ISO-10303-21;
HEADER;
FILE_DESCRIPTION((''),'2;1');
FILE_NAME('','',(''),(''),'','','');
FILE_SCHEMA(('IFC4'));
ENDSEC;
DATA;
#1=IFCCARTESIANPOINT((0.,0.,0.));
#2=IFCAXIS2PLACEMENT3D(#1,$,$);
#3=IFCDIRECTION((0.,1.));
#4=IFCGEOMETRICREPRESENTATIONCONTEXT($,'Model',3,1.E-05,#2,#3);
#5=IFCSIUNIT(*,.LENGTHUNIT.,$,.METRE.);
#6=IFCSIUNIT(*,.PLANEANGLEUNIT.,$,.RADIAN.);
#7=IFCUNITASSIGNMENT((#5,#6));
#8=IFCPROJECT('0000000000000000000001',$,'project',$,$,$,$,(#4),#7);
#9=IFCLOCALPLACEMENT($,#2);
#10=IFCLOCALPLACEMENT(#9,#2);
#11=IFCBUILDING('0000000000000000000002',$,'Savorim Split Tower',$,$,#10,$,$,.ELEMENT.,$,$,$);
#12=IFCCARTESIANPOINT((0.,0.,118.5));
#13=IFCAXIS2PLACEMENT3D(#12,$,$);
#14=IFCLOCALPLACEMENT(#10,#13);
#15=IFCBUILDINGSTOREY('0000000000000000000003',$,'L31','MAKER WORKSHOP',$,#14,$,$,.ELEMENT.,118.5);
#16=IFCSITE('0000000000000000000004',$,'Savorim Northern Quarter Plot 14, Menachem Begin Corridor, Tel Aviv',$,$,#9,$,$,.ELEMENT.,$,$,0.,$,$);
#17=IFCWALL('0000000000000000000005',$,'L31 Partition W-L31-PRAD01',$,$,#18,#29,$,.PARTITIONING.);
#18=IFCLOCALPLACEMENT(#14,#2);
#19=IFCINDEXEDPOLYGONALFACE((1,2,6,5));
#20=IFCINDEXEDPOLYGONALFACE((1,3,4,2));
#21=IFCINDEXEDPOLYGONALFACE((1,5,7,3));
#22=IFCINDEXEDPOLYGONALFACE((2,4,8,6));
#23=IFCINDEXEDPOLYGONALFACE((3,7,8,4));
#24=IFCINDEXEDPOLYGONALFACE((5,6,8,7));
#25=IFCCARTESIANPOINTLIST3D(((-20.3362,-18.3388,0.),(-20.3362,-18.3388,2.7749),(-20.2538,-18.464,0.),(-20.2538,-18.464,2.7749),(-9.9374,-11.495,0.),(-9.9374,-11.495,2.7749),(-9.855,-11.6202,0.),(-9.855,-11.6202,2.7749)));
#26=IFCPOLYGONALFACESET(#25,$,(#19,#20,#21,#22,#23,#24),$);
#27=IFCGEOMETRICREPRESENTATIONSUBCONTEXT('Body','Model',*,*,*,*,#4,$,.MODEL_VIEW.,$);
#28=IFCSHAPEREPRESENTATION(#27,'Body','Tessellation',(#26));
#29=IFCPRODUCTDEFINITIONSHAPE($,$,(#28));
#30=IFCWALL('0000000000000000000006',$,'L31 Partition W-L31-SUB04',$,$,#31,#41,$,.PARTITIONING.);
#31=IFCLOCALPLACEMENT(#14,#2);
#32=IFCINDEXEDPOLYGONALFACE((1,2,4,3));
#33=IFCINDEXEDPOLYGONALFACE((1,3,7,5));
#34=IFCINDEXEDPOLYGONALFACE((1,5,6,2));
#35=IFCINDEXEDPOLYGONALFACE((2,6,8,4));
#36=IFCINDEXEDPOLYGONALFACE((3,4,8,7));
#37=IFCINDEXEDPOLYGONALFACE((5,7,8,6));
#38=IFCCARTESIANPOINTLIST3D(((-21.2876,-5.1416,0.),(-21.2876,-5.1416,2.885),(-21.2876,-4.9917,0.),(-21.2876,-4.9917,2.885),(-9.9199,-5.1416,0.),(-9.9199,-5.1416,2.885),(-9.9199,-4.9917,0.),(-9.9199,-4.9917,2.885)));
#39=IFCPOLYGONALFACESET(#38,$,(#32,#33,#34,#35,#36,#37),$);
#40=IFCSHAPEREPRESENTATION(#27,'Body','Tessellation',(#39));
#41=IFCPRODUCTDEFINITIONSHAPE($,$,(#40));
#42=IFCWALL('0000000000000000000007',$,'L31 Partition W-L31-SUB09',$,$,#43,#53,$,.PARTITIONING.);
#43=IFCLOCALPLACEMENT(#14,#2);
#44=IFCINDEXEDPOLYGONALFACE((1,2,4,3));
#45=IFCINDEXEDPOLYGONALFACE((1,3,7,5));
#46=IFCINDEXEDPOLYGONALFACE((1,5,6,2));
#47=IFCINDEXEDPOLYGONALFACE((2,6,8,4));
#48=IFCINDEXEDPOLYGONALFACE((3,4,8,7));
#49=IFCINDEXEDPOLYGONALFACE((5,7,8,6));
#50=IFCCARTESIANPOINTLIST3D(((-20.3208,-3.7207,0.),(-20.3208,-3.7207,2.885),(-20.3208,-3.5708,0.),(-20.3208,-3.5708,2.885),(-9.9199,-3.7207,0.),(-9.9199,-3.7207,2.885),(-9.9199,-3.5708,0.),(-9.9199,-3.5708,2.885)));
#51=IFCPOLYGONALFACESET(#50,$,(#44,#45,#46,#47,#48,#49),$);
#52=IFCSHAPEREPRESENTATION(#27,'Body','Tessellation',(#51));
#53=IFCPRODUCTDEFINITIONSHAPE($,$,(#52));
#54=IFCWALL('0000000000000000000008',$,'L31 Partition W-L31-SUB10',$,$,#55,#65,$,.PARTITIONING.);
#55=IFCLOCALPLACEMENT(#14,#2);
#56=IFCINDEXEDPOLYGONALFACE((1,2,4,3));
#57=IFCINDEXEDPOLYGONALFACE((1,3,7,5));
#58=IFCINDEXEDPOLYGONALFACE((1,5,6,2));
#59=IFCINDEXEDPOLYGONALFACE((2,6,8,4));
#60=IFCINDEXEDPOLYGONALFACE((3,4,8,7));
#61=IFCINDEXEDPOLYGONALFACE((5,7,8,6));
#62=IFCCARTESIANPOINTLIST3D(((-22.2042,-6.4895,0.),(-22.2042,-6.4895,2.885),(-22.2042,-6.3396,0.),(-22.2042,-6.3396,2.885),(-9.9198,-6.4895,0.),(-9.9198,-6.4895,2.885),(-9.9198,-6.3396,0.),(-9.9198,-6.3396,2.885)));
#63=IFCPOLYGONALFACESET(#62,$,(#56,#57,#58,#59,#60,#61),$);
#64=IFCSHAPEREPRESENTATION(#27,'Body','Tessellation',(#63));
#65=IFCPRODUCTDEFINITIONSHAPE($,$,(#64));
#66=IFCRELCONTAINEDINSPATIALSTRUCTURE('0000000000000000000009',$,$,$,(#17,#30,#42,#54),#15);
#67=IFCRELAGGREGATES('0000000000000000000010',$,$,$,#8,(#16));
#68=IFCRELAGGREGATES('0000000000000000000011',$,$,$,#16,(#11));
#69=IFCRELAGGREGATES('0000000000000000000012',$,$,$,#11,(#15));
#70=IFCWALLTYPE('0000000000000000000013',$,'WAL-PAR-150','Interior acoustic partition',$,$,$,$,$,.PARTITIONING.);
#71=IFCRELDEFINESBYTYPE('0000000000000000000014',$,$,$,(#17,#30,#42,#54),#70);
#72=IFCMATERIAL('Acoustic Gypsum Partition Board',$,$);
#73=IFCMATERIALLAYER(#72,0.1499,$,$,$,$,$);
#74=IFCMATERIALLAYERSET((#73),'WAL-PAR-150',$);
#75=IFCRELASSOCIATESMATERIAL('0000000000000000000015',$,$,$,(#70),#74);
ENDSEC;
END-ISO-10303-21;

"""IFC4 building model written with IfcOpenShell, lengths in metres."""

from ifc_helpers import new_model, si_unit, direction, frame, frame_2d, origin, place, context, subcontext, project, spatial, rectangle, extrude, material, layer, layer_set, type_object, element, save


model = new_model("IFC4")

# Units and contexts
model_context = context("Model", 3, precision=1e-05, world=origin(), true_north=direction((0.0, 1.0)))
body_context = subcontext(model_context, "Body", "Model", "MODEL_VIEW")
ifc_project = project(units=[si_unit("LENGTHUNIT", "METRE"), si_unit("PLANEANGLEUNIT", "RADIAN")], contexts=[model_context])

# Site, building, storey
site_placement = place(None, origin())
site = spatial("IfcSite", under=ifc_project, at=site_placement, Name="Savorim Northern Quarter Plot 14, Menachem Begin Corridor, Tel Aviv", CompositionType="ELEMENT", RefElevation=0.0)
building_placement = place(site_placement, origin())
building = spatial("IfcBuilding", under=site, at=building_placement, Name="Savorim Split Tower", CompositionType="ELEMENT")
storey_placement = place(building_placement, frame((0.0, 0.0, 118.5)))
storey = spatial("IfcBuildingStorey", under=building, at=storey_placement, Name="L31", Description="MAKER WORKSHOP", CompositionType="ELEMENT", Elevation=118.5)

# Shared definitions
ifc_material_1 = material(Name="Acoustic Gypsum Partition Board")
ifc_layer_1 = layer(ifc_material_1, 0.1499)
ifc_layer_set_1 = layer_set([ifc_layer_1], Name="WAL-PAR-150")
wall_type_1 = type_object("IfcWallType", Name="WAL-PAR-150", Description="Interior acoustic partition", PredefinedType="PARTITIONING", material=ifc_layer_set_1)

# Walls
wall_1_placement = place(storey_placement, frame((-9.8962, -11.5576, 0.0), z_axis=(0.0, 0.0, 1.0), x_axis=(-0.835324, -0.549757, 0.0)))
element("IfcWall", 1, at=wall_1_placement, inside=storey, type_object=wall_type_1, Name="L31 Partition W-L31-PRAD01", PredefinedType="PARTITIONING", context=body_context, shape_type="SweptSolid", body=[
    extrude(rectangle(XDim=12.4487, YDim=0.1499, at=frame_2d((6.2244, 0.0))), origin(), (0.0, 0.0, 1.0), 2.7749),
])
wall_2_placement = place(storey_placement, frame((-9.9199, -5.0667, 0.0), z_axis=(0.0, 0.0, 1.0), x_axis=(-1.0, 0.0, 0.0)))
element("IfcWall", 2, at=wall_2_placement, inside=storey, type_object=wall_type_1, Name="L31 Partition W-L31-SUB04", PredefinedType="PARTITIONING", context=body_context, shape_type="SweptSolid", body=[
    extrude(rectangle(XDim=11.3677, YDim=0.1499, at=frame_2d((5.6838, 0.0))), origin(), (0.0, 0.0, 1.0), 2.885),
])
wall_3_placement = place(storey_placement, frame((-9.9199, -3.6458, 0.0), z_axis=(0.0, 0.0, 1.0), x_axis=(-1.0, 0.0, 0.0)))
element("IfcWall", 3, at=wall_3_placement, inside=storey, type_object=wall_type_1, Name="L31 Partition W-L31-SUB09", PredefinedType="PARTITIONING", context=body_context, shape_type="SweptSolid", body=[
    extrude(rectangle(XDim=10.4009, YDim=0.1499, at=frame_2d((5.2004, 0.0))), origin(), (0.0, 0.0, 1.0), 2.885),
])
wall_4_placement = place(storey_placement, frame((-9.9199, -6.4146, 0.0), z_axis=(0.0, 0.0, 1.0), x_axis=(-1.0, 0.0, 0.0)))
element("IfcWall", 4, at=wall_4_placement, inside=storey, type_object=wall_type_1, Name="L31 Partition W-L31-SUB10", PredefinedType="PARTITIONING", context=body_context, shape_type="SweptSolid", body=[
    extrude(rectangle(XDim=12.2844, YDim=0.1499, at=frame_2d((6.1421, 0.0))), origin(), (0.0, 0.0, 1.0), 2.885),
])

save(model, "model.ifc")
